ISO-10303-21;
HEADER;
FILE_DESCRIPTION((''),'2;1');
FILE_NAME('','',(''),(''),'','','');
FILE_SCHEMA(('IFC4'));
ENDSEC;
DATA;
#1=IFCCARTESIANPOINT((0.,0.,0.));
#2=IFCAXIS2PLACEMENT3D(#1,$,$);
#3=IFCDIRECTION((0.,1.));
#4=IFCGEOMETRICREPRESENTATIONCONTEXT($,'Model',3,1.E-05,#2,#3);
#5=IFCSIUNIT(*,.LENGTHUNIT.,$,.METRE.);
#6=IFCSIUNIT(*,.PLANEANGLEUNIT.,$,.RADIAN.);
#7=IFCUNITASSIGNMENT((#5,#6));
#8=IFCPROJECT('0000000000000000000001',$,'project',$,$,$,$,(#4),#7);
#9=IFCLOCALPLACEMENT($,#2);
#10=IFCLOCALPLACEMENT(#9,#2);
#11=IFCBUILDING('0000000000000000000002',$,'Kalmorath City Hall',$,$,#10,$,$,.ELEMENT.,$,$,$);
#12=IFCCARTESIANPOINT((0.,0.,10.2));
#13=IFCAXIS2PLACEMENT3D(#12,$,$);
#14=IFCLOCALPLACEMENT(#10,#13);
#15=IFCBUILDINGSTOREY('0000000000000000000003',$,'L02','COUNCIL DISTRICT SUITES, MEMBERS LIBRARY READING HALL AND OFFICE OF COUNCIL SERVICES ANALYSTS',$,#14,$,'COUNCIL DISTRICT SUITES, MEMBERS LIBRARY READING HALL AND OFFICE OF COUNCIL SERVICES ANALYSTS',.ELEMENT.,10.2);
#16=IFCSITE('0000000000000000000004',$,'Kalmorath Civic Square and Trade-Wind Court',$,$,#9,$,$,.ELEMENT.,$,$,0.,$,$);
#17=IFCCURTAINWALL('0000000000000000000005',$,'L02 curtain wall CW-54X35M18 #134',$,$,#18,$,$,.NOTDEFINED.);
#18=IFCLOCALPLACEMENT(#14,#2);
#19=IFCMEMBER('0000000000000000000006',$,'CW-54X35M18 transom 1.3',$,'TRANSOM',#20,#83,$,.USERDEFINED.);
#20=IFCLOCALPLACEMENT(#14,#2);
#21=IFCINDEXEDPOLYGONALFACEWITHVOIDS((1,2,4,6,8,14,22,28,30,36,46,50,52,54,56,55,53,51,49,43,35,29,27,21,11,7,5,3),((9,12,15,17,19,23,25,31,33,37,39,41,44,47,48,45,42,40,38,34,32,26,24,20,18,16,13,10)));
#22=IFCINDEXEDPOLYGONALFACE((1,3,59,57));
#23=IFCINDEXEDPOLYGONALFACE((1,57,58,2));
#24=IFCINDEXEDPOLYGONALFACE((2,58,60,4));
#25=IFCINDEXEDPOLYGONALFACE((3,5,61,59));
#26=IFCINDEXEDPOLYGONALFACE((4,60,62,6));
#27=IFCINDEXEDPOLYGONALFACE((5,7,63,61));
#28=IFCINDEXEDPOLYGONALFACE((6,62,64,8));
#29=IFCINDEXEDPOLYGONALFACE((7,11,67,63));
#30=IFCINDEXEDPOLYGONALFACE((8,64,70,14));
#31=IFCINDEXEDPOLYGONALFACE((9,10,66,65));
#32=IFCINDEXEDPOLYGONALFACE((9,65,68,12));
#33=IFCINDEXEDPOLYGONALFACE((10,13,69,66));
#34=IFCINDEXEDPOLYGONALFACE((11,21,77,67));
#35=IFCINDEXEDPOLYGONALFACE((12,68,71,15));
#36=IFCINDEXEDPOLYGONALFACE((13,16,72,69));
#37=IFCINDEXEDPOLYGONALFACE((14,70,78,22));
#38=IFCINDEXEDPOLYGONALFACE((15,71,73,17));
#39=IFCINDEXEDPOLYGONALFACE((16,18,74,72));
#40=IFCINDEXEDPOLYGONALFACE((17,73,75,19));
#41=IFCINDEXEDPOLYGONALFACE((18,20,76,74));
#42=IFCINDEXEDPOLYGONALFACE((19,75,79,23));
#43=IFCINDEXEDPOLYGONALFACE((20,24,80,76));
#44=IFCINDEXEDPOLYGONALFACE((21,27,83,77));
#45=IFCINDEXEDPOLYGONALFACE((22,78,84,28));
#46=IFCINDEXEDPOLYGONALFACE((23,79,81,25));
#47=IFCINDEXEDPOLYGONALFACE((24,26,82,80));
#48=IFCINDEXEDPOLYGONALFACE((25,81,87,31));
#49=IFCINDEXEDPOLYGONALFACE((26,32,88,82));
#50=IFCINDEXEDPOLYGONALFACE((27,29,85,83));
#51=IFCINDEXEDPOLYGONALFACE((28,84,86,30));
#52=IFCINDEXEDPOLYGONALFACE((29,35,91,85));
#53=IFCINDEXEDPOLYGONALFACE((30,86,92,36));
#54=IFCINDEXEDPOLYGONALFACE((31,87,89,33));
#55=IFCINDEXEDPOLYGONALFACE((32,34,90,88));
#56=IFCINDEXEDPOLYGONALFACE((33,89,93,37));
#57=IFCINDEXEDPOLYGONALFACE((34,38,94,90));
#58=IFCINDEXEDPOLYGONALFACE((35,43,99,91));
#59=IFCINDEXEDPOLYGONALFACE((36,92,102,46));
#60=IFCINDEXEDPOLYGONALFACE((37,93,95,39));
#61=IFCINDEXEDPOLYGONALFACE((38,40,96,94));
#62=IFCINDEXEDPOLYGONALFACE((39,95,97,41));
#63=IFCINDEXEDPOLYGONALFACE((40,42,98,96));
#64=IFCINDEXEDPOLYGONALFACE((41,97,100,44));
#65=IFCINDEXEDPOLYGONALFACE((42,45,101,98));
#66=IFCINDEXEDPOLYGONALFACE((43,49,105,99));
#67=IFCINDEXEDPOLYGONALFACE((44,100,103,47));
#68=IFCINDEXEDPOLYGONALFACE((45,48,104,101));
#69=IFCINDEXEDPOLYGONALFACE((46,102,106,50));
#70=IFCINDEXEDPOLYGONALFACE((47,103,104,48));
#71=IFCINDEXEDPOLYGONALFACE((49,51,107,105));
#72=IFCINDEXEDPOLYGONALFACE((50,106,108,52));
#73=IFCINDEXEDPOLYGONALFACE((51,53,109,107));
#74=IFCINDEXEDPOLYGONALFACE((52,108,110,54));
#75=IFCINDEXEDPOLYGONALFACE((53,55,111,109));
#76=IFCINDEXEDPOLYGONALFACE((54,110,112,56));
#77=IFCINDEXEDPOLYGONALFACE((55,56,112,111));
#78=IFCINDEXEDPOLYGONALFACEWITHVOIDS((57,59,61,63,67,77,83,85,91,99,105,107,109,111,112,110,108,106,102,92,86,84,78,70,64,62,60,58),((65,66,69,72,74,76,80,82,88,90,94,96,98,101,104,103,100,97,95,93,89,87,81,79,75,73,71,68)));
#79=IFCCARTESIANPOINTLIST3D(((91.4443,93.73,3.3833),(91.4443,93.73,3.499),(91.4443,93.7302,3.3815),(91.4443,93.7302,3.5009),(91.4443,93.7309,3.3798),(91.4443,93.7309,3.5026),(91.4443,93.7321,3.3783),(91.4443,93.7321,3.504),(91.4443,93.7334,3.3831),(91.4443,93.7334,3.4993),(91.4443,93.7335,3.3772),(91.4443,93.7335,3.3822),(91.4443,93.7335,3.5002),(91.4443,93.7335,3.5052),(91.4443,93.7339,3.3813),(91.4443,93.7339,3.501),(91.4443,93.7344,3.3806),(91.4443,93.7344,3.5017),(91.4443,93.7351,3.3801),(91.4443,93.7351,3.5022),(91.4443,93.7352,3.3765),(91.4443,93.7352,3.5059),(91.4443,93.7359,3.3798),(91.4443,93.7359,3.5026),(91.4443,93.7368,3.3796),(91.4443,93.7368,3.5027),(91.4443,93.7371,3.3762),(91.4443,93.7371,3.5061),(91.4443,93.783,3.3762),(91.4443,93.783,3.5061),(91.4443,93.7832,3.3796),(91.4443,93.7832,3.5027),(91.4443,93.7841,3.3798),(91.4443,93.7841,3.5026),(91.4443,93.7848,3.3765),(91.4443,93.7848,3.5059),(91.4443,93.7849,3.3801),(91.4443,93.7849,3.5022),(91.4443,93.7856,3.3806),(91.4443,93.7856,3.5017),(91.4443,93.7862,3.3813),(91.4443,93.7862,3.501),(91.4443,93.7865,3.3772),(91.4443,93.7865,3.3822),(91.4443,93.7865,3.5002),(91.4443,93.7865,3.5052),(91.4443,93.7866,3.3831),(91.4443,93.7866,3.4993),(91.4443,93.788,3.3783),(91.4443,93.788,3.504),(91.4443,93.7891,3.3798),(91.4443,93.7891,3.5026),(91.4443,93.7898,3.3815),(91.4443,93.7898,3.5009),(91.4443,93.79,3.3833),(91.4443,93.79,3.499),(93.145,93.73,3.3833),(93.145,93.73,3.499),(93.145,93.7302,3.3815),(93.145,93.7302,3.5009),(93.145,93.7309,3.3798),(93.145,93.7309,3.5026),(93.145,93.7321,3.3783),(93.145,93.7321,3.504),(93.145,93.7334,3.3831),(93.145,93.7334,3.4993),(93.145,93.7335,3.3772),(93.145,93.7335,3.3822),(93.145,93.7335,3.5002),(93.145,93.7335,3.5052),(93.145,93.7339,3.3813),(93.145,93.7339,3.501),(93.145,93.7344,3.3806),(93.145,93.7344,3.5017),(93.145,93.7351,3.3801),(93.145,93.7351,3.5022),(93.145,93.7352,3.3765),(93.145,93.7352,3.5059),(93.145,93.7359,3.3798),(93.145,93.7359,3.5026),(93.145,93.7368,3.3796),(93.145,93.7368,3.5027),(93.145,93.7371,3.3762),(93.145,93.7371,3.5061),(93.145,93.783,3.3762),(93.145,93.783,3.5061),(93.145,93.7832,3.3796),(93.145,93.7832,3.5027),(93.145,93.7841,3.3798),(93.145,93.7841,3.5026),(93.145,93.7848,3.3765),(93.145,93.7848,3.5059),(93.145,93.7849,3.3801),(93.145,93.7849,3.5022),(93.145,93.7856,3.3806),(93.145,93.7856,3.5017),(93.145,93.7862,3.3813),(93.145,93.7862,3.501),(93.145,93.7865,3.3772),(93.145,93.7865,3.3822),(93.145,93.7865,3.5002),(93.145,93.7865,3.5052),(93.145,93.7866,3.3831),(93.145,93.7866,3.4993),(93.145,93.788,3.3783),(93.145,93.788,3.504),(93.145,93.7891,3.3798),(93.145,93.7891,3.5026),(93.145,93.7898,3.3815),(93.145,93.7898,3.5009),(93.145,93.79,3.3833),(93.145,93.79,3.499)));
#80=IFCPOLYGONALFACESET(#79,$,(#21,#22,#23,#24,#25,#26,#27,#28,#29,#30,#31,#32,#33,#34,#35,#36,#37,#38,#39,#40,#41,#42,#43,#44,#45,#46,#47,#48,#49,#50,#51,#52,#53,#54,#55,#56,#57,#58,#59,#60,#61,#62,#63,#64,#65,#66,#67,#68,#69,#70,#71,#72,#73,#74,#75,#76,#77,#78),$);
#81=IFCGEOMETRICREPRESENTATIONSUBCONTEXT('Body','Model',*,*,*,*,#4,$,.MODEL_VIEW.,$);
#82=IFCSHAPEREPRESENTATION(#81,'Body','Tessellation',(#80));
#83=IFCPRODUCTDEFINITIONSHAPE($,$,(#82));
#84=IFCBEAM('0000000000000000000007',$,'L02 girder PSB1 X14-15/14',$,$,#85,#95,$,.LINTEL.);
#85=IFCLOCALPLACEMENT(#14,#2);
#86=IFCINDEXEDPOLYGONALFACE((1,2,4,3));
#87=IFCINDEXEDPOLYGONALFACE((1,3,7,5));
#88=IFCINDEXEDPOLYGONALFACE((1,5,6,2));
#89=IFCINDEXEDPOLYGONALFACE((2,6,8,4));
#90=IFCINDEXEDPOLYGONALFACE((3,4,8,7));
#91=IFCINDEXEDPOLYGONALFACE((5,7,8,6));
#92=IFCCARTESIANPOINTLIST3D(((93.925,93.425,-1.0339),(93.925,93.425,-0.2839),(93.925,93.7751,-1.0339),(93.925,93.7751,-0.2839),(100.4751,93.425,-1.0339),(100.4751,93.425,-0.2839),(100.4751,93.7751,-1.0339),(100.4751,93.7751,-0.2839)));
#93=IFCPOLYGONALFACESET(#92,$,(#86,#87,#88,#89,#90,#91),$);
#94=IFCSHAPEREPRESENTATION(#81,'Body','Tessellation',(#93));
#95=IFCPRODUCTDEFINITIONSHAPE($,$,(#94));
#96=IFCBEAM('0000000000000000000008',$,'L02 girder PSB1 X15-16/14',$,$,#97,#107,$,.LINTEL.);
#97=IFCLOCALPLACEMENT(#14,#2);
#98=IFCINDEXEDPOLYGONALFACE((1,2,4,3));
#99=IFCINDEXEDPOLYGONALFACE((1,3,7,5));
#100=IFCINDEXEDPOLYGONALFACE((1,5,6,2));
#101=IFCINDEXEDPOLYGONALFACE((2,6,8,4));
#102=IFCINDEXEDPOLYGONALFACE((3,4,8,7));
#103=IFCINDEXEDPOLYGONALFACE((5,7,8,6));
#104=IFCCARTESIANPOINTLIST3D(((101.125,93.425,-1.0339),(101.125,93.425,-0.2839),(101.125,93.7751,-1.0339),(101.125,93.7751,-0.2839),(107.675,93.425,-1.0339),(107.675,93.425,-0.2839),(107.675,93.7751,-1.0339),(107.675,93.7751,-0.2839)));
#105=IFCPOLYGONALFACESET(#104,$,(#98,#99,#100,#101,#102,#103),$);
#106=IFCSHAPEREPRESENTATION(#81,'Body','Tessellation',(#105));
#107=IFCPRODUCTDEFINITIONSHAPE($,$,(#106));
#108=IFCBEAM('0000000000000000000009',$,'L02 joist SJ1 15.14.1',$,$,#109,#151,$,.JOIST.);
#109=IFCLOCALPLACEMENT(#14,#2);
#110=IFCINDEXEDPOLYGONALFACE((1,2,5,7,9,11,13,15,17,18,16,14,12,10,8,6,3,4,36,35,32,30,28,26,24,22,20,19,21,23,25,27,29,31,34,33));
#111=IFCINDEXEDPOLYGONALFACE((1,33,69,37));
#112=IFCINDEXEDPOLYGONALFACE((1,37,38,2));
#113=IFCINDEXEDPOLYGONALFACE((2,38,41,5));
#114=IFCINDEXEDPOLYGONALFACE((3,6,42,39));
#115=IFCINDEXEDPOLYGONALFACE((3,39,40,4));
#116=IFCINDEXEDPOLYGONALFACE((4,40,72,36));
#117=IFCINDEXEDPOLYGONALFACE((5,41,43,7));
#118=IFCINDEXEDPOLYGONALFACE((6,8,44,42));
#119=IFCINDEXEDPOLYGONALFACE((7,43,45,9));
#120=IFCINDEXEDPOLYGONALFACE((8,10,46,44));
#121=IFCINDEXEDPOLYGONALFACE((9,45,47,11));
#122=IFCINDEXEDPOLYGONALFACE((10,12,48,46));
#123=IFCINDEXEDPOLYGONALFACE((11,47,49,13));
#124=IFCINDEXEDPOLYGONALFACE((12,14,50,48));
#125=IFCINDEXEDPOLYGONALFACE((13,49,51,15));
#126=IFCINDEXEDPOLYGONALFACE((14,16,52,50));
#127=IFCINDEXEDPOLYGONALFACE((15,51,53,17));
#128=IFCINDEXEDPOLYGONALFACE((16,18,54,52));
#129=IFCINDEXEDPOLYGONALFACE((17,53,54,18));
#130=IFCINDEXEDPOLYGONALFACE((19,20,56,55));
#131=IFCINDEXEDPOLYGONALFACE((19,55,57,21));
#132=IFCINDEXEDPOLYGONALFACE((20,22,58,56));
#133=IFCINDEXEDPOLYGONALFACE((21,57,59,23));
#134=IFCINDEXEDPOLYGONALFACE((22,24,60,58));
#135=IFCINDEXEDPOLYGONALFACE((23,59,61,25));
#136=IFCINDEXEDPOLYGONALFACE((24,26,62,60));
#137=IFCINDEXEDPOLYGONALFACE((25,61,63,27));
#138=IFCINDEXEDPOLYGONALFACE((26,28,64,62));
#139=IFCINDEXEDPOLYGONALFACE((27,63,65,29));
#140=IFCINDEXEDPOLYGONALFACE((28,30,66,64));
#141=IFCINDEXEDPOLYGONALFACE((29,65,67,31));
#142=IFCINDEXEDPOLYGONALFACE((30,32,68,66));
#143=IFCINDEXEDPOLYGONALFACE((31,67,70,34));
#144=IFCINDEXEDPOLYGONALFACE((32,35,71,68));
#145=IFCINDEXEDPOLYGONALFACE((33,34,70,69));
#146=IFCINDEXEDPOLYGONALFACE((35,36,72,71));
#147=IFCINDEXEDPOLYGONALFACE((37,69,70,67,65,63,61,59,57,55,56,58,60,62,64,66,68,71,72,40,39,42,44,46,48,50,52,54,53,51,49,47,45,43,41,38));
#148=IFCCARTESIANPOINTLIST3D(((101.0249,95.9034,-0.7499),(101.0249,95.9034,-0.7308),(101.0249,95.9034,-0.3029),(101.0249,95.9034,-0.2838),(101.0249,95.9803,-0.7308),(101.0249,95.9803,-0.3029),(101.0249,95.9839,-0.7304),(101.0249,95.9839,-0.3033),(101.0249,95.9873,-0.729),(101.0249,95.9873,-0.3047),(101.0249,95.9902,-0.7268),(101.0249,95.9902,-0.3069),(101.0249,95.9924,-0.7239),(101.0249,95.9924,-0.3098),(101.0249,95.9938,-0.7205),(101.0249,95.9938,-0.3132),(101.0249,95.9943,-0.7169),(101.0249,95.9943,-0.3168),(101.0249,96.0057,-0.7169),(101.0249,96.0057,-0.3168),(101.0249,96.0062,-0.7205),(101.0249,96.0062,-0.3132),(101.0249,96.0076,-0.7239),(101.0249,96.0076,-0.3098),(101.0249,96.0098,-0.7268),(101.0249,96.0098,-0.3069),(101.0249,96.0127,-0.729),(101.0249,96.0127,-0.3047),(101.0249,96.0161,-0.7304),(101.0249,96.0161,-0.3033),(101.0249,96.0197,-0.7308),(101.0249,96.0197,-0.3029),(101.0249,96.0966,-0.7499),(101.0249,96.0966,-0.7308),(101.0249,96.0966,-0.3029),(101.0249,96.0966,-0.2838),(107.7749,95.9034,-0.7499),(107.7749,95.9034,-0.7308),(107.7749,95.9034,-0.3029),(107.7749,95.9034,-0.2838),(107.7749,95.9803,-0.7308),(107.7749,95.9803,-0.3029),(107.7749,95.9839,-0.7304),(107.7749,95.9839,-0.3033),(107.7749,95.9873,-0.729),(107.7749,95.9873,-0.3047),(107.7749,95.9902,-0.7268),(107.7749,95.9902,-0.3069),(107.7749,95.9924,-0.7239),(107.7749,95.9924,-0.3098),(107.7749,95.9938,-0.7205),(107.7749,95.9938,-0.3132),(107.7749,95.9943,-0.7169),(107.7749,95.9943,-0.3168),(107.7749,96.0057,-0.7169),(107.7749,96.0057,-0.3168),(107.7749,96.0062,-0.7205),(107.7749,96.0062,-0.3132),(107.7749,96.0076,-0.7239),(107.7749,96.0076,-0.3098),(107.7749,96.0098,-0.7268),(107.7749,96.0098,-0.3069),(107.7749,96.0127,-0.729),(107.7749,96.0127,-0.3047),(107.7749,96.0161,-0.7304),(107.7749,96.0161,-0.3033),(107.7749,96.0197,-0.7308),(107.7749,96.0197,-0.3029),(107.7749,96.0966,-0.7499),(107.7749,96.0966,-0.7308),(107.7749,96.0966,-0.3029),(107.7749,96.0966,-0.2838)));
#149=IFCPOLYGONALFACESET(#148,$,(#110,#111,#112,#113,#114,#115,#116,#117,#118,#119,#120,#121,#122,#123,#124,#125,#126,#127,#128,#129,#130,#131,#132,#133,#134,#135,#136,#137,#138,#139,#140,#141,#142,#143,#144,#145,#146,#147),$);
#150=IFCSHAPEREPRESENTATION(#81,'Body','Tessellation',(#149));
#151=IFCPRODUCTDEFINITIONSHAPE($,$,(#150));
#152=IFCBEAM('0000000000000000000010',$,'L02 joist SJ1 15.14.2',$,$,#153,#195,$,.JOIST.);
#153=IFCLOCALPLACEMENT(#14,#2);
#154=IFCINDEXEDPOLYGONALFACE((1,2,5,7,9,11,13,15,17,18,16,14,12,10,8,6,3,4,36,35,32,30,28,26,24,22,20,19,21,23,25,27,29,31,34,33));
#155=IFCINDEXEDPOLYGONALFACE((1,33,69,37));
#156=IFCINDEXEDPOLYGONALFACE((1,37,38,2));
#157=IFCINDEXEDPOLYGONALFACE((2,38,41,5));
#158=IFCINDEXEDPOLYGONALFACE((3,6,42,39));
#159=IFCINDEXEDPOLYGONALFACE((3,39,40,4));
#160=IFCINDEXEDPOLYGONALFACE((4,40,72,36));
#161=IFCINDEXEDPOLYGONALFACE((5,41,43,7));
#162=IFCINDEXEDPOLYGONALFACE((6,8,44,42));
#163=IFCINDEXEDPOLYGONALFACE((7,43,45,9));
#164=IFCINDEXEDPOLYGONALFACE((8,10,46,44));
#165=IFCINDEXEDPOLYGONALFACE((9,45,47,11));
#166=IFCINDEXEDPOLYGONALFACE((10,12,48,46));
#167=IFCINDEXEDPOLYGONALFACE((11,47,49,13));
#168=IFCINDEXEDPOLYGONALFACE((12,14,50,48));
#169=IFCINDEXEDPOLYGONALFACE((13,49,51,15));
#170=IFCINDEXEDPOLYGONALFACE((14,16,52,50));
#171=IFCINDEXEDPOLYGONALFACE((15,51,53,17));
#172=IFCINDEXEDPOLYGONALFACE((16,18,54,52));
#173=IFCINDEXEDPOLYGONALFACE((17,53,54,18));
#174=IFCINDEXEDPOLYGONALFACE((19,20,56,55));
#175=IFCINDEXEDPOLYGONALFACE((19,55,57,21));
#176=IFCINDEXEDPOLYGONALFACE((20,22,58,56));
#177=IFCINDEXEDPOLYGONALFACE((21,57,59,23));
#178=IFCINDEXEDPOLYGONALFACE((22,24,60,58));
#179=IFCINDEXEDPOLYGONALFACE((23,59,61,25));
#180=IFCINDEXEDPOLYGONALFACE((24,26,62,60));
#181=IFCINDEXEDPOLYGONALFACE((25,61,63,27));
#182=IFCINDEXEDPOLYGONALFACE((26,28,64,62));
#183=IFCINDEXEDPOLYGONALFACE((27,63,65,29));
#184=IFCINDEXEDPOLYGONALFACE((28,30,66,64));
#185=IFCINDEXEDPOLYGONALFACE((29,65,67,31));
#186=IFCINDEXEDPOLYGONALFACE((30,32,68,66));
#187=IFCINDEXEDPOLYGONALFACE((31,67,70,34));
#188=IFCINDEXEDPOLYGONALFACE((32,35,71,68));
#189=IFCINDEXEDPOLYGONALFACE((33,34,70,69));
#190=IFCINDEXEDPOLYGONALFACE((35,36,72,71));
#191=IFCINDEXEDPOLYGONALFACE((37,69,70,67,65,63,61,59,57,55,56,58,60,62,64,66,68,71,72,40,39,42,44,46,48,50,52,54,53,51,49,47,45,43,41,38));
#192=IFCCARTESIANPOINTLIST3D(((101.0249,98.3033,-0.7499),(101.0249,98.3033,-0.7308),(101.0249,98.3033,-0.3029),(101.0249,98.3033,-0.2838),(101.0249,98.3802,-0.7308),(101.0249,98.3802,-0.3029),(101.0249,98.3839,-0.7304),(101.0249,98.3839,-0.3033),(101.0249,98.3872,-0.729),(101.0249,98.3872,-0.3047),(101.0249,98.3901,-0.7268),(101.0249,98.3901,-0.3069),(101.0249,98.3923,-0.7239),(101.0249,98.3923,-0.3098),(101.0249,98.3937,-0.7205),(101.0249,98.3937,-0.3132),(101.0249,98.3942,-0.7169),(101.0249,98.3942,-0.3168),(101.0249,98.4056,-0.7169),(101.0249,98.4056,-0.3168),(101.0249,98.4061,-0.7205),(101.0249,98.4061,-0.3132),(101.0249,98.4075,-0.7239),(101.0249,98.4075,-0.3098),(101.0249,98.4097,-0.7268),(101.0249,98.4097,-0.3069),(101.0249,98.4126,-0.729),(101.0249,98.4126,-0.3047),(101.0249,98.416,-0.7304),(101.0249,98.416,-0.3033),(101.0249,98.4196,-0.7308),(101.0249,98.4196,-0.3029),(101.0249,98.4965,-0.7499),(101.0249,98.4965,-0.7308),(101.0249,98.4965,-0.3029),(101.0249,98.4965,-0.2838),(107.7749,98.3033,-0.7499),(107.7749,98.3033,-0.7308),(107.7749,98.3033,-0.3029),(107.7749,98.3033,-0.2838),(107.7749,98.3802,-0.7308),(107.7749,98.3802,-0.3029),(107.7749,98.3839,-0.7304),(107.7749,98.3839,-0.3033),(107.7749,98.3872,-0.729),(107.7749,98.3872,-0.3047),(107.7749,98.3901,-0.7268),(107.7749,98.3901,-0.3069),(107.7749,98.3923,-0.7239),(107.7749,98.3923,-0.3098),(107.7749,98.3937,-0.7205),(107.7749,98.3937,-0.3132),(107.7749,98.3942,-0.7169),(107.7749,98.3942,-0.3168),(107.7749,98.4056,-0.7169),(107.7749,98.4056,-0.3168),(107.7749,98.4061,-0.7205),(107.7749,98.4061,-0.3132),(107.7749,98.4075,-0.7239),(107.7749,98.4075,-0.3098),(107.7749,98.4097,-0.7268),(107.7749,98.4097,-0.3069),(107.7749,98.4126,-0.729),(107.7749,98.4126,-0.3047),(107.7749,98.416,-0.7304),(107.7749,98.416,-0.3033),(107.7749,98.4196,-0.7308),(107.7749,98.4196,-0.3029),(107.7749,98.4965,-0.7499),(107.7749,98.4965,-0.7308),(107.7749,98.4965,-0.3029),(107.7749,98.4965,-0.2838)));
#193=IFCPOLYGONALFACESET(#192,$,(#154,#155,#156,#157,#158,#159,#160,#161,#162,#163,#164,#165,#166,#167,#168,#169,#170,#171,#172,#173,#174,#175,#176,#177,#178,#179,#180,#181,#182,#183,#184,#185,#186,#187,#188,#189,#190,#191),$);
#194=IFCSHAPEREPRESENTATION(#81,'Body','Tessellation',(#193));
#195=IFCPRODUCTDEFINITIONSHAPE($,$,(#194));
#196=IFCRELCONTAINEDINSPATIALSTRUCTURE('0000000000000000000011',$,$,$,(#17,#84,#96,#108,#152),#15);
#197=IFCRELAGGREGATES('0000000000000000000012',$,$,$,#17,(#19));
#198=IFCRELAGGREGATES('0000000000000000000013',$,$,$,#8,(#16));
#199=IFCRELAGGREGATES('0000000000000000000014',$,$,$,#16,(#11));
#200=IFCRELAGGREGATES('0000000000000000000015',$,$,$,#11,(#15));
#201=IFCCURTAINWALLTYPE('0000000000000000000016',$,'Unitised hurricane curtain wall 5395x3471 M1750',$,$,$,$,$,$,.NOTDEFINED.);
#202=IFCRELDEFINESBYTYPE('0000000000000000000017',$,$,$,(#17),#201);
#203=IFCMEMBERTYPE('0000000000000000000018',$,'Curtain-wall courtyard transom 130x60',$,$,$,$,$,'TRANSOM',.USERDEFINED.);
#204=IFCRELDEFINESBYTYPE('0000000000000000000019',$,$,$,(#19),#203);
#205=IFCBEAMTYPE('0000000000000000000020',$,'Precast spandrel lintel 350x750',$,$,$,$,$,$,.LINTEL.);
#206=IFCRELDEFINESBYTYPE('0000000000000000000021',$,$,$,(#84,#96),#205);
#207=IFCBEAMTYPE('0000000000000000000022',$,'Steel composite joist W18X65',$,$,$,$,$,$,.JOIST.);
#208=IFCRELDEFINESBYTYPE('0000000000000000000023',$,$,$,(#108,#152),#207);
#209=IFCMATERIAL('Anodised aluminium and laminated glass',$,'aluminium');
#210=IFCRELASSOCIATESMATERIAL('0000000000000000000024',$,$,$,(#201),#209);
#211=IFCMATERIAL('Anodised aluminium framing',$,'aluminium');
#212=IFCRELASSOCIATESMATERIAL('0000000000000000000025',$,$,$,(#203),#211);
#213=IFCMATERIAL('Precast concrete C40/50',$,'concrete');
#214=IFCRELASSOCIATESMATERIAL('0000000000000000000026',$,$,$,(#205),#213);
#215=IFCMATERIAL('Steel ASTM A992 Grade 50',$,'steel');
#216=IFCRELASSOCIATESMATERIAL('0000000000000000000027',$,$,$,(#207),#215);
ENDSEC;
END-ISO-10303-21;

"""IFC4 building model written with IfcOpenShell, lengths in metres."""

from ifc_helpers import new_model, si_unit, direction, frame, origin, origin_2d, place, context, subcontext, project, spatial, rectangle, hollow_rectangle, i_section, extrude, material, material_profile, profile_set, type_object, element, aggregate, save


model = new_model("IFC4")

# Units and contexts
model_context = context("Model", 3, precision=1e-05, world=origin(), true_north=direction((0.0, 1.0)))
body_context = subcontext(model_context, "Body", "Model", "MODEL_VIEW")
ifc_project = project(units=[si_unit("LENGTHUNIT", "METRE"), si_unit("PLANEANGLEUNIT", "RADIAN")], contexts=[model_context])

# Site, building, storey
site_placement = place(None, origin())
site = spatial("IfcSite", under=ifc_project, at=site_placement, Name="Kalmorath Civic Square and Trade-Wind Court", CompositionType="ELEMENT", RefElevation=0.0)
building_placement = place(site_placement, origin())
building = spatial("IfcBuilding", under=site, at=building_placement, Name="Kalmorath City Hall", CompositionType="ELEMENT")
storey_placement = place(building_placement, frame((0.0, 0.0, 10.2)))
storey = spatial("IfcBuildingStorey", under=building, at=storey_placement, Name="L02", Description="COUNCIL DISTRICT SUITES, MEMBERS LIBRARY READING HALL AND OFFICE OF COUNCIL SERVICES ANALYSTS", LongName="COUNCIL DISTRICT SUITES, MEMBERS LIBRARY READING HALL AND OFFICE OF COUNCIL SERVICES ANALYSTS", CompositionType="ELEMENT", Elevation=10.2)

# Curtain wall, member
ifc_material_1 = material(Name="Anodised aluminium and laminated glass", Category="aluminium")
curtain_wall_type = type_object("IfcCurtainWallType", Name="Unitised hurricane curtain wall 5395x3471 M1750", PredefinedType="NOTDEFINED", material=ifc_material_1)
curtain_wall_placement = place(storey_placement, origin())
curtain_wall = element("IfcCurtainWall", 1, at=curtain_wall_placement, inside=storey, type_object=curtain_wall_type, Name="L02 curtain wall CW-54X35M18 #134", PredefinedType="NOTDEFINED")
ifc_material_2 = material(Name="Anodised aluminium framing", Category="aluminium")
ifc_material_profile_1 = material_profile(ifc_material_2, hollow_rectangle(XDim=0.0601, YDim=0.1299, WallThickness=0.0034, InnerFilletRadius=0.0034, OuterFilletRadius=0.0071, at=origin_2d()), Name="ALU-TRN-130X60X3.5")
ifc_profile_set_1 = profile_set([ifc_material_profile_1], Name="Anodised aluminium framing")
member_type_1 = type_object("IfcMemberType", Name="Curtain-wall courtyard transom 130x60", ElementType="TRANSOM", PredefinedType="USERDEFINED", material=ifc_profile_set_1)
member_1_placement = place(storey_placement, frame((93.145, 93.76, 3.4412), z_axis=(-1.0, 0.0, 0.0), x_axis=(0.0, -1.0, 0.0)))
member_1 = element("IfcMember", 2, at=member_1_placement, type_object=member_type_1, Name="CW-54X35M18 transom 1.3", ObjectType="TRANSOM", PredefinedType="USERDEFINED", context=body_context, shape_type="SweptSolid", body=[
    extrude(hollow_rectangle(XDim=0.0601, YDim=0.1299, WallThickness=0.0034, InnerFilletRadius=0.0034, OuterFilletRadius=0.0071, at=origin_2d()), origin(), (0.0, 0.0, 1.0), 1.7007),
])
aggregate(curtain_wall, [member_1])

# Beams
ifc_material_3 = material(Name="Precast concrete C40/50", Category="concrete")
ifc_material_profile_2 = material_profile(ifc_material_3, rectangle(XDim=0.3501, YDim=0.75, at=origin_2d()), Name="PC-SP-350X750")
ifc_profile_set_2 = profile_set([ifc_material_profile_2], Name="Precast concrete C40/50")
beam_type_1 = type_object("IfcBeamType", Name="Precast spandrel lintel 350x750", PredefinedType="LINTEL", material=ifc_profile_set_2)
for number, where, z_axis, x_axis, name in (
    (3, (93.925, 93.6001, -0.6589), (1.0, 0.0, 0.0), (0.0, 1.0, 0.0), "L02 girder PSB1 X14-15/14"),
    (4, (101.125, 93.6001, -0.6589), (1.0, 0.0, 0.0), (0.0, 1.0, 0.0), "L02 girder PSB1 X15-16/14"),
):
    element("IfcBeam", number, at=place(storey_placement, frame(where, z_axis=z_axis, x_axis=x_axis)), inside=storey, type_object=beam_type_1, Name=name, PredefinedType="LINTEL", context=body_context, shape_type="SweptSolid", body=[
        extrude(rectangle(XDim=0.3501, YDim=0.75, at=origin_2d()), origin(), (0.0, 0.0, 1.0), 6.55),
    ])
ifc_material_4 = material(Name="Steel ASTM A992 Grade 50", Category="steel")
ifc_material_profile_3 = material_profile(ifc_material_4, i_section(OverallWidth=0.1931, OverallDepth=0.4661, WebThickness=0.0115, FlangeThickness=0.019, FilletRadius=0.0139, at=origin_2d()), Name="W18X65")
ifc_profile_set_3 = profile_set([ifc_material_profile_3], Name="Steel ASTM A992 Grade 50")
beam_type_2 = type_object("IfcBeamType", Name="Steel composite joist W18X65", PredefinedType="JOIST", material=ifc_profile_set_3)
for number, where, z_axis, x_axis, name in (
    (5, (101.0249, 96.0, -0.5168), (1.0, 0.0, 0.0), (0.0, 1.0, 0.0), "L02 joist SJ1 15.14.1"),
    (6, (101.0249, 98.3999, -0.5168), (1.0, 0.0, 0.0), (0.0, 1.0, 0.0), "L02 joist SJ1 15.14.2"),
):
    element("IfcBeam", number, at=place(storey_placement, frame(where, z_axis=z_axis, x_axis=x_axis)), inside=storey, type_object=beam_type_2, Name=name, PredefinedType="JOIST", context=body_context, shape_type="SweptSolid", body=[
        extrude(i_section(OverallWidth=0.1931, OverallDepth=0.4661, WebThickness=0.0115, FlangeThickness=0.019, FilletRadius=0.0139, at=origin_2d()), origin(), (0.0, 0.0, 1.0), 6.75),
    ])

save(model, "model.ifc")
